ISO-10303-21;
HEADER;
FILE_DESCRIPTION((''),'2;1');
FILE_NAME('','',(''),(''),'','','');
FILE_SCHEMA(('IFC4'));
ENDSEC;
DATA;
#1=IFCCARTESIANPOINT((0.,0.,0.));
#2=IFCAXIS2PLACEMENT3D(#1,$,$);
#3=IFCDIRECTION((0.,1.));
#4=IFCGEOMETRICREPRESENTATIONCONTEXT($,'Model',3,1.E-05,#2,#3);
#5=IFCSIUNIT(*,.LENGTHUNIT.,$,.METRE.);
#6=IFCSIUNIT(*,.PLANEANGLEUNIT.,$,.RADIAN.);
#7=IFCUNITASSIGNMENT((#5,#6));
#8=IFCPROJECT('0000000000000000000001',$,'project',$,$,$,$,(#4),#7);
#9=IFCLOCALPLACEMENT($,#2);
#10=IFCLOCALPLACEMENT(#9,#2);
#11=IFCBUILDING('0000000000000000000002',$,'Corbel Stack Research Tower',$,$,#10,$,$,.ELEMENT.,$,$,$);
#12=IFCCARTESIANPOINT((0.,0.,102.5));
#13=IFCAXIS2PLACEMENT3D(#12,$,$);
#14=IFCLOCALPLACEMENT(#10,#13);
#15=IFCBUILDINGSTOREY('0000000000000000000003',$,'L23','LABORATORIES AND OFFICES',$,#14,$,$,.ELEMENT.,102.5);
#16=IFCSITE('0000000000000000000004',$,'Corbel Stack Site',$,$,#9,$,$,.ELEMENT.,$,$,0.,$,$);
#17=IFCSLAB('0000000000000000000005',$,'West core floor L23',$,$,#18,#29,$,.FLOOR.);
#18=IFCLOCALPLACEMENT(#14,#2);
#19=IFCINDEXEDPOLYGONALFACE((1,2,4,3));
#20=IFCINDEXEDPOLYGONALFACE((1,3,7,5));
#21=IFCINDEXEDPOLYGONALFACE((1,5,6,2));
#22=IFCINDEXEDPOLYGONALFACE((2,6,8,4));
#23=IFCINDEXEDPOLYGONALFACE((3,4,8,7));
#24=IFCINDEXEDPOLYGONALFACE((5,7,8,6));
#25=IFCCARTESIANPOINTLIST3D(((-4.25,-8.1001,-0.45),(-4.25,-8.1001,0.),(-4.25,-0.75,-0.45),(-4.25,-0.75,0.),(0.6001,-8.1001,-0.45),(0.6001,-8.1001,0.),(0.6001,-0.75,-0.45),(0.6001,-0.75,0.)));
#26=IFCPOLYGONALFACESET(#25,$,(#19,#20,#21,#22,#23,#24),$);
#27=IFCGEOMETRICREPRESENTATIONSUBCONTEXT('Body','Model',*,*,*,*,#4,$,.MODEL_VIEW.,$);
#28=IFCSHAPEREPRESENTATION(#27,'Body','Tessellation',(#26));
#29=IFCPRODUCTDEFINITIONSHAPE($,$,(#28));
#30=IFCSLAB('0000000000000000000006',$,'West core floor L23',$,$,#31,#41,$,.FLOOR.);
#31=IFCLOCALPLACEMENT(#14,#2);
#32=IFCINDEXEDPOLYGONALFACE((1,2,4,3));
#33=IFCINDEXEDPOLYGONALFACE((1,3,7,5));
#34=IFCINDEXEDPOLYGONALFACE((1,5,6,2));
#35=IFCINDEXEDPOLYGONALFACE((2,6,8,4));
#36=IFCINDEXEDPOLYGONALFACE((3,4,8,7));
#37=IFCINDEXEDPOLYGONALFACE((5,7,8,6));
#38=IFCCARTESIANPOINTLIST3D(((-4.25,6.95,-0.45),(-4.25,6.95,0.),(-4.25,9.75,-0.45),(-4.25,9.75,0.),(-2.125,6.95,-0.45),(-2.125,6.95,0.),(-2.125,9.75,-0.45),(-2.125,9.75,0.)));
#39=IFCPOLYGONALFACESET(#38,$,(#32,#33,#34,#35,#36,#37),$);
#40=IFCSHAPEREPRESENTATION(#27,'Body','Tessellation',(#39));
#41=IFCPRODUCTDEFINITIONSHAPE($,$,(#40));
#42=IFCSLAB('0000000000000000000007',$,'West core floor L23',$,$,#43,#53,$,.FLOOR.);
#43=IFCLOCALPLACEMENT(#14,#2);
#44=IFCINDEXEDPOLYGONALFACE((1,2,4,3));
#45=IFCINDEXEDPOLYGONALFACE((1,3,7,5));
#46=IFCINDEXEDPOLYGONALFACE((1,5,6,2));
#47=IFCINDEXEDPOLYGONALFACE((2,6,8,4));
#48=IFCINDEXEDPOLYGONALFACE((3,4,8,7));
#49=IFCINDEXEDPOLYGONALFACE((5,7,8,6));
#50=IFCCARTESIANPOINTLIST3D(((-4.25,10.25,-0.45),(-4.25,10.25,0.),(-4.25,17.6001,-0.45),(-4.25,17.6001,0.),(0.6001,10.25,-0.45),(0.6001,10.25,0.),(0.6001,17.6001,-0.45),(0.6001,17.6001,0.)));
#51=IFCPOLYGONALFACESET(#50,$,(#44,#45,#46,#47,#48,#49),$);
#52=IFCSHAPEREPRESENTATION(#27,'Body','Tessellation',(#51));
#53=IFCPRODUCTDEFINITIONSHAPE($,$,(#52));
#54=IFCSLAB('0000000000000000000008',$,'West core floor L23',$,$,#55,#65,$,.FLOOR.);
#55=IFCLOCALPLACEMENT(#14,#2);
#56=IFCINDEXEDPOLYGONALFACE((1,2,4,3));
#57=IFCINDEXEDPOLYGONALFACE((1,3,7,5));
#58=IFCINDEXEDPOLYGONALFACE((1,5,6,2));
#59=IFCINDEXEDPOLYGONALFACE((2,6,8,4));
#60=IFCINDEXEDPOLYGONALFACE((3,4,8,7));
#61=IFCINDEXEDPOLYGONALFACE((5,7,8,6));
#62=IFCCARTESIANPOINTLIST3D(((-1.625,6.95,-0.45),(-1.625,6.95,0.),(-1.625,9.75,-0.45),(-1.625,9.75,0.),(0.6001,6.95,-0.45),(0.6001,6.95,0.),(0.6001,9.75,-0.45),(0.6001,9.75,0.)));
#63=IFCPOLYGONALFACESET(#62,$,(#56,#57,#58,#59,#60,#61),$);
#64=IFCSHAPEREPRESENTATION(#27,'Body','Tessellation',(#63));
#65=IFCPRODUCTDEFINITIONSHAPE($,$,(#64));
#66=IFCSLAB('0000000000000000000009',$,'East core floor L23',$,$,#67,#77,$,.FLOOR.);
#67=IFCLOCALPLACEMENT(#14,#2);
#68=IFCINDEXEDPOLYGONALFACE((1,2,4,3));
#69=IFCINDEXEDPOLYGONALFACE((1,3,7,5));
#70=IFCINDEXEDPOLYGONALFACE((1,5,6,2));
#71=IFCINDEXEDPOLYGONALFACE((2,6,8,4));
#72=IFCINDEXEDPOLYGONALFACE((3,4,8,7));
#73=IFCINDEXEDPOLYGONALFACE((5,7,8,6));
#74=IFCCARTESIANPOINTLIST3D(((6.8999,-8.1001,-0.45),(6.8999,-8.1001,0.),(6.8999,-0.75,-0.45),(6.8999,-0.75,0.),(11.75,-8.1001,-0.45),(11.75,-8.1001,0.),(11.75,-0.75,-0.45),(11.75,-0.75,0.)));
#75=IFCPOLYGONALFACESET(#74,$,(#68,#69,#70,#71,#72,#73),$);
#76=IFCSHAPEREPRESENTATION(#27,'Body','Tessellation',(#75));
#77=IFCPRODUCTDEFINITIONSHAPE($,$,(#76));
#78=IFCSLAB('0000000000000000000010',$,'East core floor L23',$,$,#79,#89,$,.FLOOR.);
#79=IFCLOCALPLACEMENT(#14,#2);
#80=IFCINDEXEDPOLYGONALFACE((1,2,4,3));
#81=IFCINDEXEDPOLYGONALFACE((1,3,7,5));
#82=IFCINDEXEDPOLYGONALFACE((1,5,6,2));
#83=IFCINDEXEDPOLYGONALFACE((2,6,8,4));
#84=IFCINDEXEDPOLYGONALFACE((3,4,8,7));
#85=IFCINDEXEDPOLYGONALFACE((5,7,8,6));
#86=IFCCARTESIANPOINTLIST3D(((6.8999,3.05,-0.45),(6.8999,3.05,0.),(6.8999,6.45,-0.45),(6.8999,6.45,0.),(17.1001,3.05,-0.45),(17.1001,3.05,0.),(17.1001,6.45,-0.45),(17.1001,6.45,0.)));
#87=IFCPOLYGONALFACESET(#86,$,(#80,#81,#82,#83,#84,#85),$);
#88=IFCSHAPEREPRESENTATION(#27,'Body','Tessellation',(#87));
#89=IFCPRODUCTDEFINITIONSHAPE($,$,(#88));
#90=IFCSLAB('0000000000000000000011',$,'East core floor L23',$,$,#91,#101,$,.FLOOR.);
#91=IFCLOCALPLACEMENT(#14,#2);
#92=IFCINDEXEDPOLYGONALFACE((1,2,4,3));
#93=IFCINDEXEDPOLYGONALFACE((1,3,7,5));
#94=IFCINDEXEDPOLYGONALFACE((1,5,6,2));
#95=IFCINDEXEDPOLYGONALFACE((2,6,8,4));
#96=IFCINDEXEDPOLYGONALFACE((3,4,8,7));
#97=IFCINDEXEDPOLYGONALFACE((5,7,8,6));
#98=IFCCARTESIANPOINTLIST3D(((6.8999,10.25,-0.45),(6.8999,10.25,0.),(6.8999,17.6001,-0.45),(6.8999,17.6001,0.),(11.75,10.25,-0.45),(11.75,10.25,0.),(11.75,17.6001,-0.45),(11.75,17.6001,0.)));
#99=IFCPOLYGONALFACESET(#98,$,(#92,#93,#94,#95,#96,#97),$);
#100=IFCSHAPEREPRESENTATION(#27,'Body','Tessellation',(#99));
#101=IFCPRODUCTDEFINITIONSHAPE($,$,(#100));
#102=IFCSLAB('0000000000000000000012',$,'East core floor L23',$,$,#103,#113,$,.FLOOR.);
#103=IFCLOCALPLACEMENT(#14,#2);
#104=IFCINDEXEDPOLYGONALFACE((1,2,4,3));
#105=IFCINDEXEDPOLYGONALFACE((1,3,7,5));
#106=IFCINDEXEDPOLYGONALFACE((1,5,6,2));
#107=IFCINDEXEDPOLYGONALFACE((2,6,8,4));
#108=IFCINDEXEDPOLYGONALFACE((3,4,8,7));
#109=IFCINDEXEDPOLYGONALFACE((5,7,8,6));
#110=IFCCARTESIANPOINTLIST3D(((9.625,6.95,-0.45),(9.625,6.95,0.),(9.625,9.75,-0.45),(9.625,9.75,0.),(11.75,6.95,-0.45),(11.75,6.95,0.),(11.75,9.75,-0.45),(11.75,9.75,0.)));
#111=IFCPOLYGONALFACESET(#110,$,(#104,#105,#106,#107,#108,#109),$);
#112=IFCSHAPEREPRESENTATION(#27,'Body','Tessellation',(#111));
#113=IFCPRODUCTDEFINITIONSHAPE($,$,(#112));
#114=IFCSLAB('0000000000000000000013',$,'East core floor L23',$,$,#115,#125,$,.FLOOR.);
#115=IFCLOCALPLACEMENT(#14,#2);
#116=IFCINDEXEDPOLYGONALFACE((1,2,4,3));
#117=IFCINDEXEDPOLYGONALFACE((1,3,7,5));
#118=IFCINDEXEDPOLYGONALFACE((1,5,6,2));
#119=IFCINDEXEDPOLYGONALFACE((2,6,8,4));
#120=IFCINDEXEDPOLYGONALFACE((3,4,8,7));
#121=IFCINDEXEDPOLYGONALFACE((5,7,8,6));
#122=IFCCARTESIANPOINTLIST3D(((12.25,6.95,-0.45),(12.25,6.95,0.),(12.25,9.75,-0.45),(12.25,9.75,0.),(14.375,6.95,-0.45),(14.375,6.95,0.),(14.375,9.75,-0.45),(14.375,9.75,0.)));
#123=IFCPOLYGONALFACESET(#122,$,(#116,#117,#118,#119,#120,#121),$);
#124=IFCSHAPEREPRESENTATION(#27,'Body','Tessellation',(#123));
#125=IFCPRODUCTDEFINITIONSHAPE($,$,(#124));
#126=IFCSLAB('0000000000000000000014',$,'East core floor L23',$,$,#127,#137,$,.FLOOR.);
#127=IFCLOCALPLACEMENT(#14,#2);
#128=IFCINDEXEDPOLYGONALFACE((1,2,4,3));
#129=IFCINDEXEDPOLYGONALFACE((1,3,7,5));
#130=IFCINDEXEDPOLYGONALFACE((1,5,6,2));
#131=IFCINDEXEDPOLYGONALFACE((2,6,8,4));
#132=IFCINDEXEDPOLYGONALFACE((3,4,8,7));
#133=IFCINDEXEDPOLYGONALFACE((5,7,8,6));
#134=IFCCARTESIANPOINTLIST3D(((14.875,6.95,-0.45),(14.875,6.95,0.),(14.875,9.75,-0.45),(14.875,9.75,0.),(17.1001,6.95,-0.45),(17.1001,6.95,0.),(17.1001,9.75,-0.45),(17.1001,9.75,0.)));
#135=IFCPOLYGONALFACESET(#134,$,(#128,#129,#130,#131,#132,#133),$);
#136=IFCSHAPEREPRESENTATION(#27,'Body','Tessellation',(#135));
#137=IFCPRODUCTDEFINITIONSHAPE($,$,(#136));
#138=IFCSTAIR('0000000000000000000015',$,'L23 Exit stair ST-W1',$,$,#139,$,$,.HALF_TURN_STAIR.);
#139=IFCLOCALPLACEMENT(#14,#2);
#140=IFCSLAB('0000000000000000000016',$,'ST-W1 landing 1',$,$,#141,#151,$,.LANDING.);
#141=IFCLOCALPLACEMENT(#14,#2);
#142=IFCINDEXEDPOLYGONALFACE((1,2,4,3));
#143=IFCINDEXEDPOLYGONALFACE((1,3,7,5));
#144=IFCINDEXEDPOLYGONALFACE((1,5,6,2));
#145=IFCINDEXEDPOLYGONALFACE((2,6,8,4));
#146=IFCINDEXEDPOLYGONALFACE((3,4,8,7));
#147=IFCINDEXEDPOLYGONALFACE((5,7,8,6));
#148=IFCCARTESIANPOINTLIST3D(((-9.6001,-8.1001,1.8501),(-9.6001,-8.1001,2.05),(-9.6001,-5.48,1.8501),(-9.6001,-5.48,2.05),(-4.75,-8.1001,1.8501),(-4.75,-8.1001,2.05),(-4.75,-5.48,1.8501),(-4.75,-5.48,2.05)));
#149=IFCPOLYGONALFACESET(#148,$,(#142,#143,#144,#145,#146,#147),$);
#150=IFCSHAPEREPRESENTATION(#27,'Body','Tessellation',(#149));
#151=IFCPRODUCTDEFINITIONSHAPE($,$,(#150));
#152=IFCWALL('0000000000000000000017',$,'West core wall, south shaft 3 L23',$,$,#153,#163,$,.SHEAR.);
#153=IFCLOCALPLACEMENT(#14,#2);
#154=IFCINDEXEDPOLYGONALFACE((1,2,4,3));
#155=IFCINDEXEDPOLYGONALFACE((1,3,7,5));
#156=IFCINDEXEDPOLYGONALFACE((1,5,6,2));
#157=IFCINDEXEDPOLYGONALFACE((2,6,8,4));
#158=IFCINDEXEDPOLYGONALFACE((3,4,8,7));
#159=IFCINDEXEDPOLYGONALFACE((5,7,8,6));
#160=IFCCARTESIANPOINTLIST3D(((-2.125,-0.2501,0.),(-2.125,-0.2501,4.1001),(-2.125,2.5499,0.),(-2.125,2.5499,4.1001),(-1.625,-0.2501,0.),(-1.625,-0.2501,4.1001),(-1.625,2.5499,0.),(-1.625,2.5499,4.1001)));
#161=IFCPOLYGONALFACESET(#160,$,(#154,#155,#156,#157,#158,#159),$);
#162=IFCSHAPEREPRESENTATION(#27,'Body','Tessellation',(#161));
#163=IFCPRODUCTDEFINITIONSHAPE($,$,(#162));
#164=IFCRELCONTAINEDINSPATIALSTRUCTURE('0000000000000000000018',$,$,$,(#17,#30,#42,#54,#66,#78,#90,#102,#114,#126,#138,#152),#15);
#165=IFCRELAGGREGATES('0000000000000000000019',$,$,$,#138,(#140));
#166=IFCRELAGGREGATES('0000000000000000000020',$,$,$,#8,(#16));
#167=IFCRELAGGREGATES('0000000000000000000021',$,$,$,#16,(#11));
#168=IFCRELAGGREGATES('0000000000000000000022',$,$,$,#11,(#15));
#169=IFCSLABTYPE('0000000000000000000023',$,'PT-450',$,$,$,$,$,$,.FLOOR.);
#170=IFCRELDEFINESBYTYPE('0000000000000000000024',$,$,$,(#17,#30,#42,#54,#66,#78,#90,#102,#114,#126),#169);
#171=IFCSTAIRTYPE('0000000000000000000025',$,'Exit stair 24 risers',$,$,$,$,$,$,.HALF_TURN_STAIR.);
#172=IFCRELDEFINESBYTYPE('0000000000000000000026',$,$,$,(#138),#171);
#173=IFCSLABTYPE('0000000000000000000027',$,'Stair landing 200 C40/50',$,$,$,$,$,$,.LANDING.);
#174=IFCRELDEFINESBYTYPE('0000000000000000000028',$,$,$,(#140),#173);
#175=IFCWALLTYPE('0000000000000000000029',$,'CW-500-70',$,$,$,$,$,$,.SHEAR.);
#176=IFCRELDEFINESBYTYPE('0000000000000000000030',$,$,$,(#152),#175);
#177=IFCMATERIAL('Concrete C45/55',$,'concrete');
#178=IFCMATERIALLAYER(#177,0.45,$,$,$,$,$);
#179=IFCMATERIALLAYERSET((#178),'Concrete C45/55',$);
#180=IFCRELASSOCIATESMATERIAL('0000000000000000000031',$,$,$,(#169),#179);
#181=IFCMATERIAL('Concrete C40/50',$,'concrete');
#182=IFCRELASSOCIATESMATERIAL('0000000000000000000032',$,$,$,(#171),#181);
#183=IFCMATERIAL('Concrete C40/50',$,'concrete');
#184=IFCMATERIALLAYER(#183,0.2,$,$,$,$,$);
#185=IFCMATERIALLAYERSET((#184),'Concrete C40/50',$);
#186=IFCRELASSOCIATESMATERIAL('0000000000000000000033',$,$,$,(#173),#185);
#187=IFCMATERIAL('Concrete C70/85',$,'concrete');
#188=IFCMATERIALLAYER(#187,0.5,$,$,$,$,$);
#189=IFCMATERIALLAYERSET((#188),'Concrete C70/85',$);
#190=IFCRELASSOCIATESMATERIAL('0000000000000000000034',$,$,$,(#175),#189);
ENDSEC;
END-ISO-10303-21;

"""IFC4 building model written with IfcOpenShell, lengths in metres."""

from ifc_helpers import new_model, si_unit, direction, frame, frame_2d, origin, place, context, subcontext, project, spatial, polyline, rectangle, outline, extrude, material, layer, layer_set, type_object, element, aggregate, save


model = new_model("IFC4")

# Units and contexts
model_context = context("Model", 3, precision=1e-05, world=origin(), true_north=direction((0.0, 1.0)))
body_context = subcontext(model_context, "Body", "Model", "MODEL_VIEW")
ifc_project = project(units=[si_unit("LENGTHUNIT", "METRE"), si_unit("PLANEANGLEUNIT", "RADIAN")], contexts=[model_context])

# Site, building, storey
site_placement = place(None, origin())
site = spatial("IfcSite", under=ifc_project, at=site_placement, Name="Corbel Stack Site", CompositionType="ELEMENT", RefElevation=0.0)
building_placement = place(site_placement, origin())
building = spatial("IfcBuilding", under=site, at=building_placement, Name="Corbel Stack Research Tower", CompositionType="ELEMENT")
storey_placement = place(building_placement, frame((0.0, 0.0, 102.5)))
storey = spatial("IfcBuildingStorey", under=building, at=storey_placement, Name="L23", Description="LABORATORIES AND OFFICES", CompositionType="ELEMENT", Elevation=102.5)

# Slabs
ifc_material_1 = material(Name="Concrete C45/55", Category="concrete")
ifc_layer_1 = layer(ifc_material_1, 0.45)
ifc_layer_set_1 = layer_set([ifc_layer_1], Name="Concrete C45/55")
slab_type_1 = type_object("IfcSlabType", Name="PT-450", PredefinedType="FLOOR", material=ifc_layer_set_1)
slab_1_placement = place(storey_placement, frame((0.0, 0.0, -0.45)))
element("IfcSlab", 1, at=slab_1_placement, inside=storey, type_object=slab_type_1, Name="West core floor L23", PredefinedType="FLOOR", context=body_context, shape_type="SweptSolid", body=[
    extrude(outline(polyline([(0.6001, -8.1001), (0.6001, -0.75), (-4.25, -0.75), (-4.25, -8.1001), (0.6001, -8.1001)])), origin(), (0.0, 0.0, 1.0), 0.45),
])
slab_2_placement = place(storey_placement, frame((0.0, 0.0, -0.45)))
element("IfcSlab", 2, at=slab_2_placement, inside=storey, type_object=slab_type_1, Name="West core floor L23", PredefinedType="FLOOR", context=body_context, shape_type="SweptSolid", body=[
    extrude(outline(polyline([(-2.125, 6.95), (-2.125, 9.75), (-4.25, 9.75), (-4.25, 6.95), (-2.125, 6.95)])), origin(), (0.0, 0.0, 1.0), 0.45),
])
slab_3_placement = place(storey_placement, frame((0.0, 0.0, -0.45)))
element("IfcSlab", 3, at=slab_3_placement, inside=storey, type_object=slab_type_1, Name="West core floor L23", PredefinedType="FLOOR", context=body_context, shape_type="SweptSolid", body=[
    extrude(outline(polyline([(0.6001, 17.6001), (-4.25, 17.6001), (-4.25, 10.25), (0.6001, 10.25), (0.6001, 17.6001)])), origin(), (0.0, 0.0, 1.0), 0.45),
])
slab_4_placement = place(storey_placement, frame((0.0, 0.0, -0.45)))
element("IfcSlab", 4, at=slab_4_placement, inside=storey, type_object=slab_type_1, Name="West core floor L23", PredefinedType="FLOOR", context=body_context, shape_type="SweptSolid", body=[
    extrude(outline(polyline([(0.6001, 9.75), (-1.625, 9.75), (-1.625, 6.95), (0.6001, 6.95), (0.6001, 9.75)])), origin(), (0.0, 0.0, 1.0), 0.45),
])
slab_5_placement = place(storey_placement, frame((0.0, 0.0, -0.45)))
element("IfcSlab", 5, at=slab_5_placement, inside=storey, type_object=slab_type_1, Name="East core floor L23", PredefinedType="FLOOR", context=body_context, shape_type="SweptSolid", body=[
    extrude(outline(polyline([(11.75, -0.75), (6.8999, -0.75), (6.8999, -8.1001), (11.75, -8.1001), (11.75, -0.75)])), origin(), (0.0, 0.0, 1.0), 0.45),
])
slab_6_placement = place(storey_placement, frame((0.0, 0.0, -0.45)))
element("IfcSlab", 6, at=slab_6_placement, inside=storey, type_object=slab_type_1, Name="East core floor L23", PredefinedType="FLOOR", context=body_context, shape_type="SweptSolid", body=[
    extrude(outline(polyline([(6.8999, 6.45), (6.8999, 3.05), (17.1001, 3.05), (17.1001, 6.45), (6.8999, 6.45)])), origin(), (0.0, 0.0, 1.0), 0.45),
])
slab_7_placement = place(storey_placement, frame((0.0, 0.0, -0.45)))
element("IfcSlab", 7, at=slab_7_placement, inside=storey, type_object=slab_type_1, Name="East core floor L23", PredefinedType="FLOOR", context=body_context, shape_type="SweptSolid", body=[
    extrude(outline(polyline([(6.8999, 17.6001), (6.8999, 10.25), (11.75, 10.25), (11.75, 17.6001), (6.8999, 17.6001)])), origin(), (0.0, 0.0, 1.0), 0.45),
])
slab_8_placement = place(storey_placement, frame((0.0, 0.0, -0.45)))
element("IfcSlab", 8, at=slab_8_placement, inside=storey, type_object=slab_type_1, Name="East core floor L23", PredefinedType="FLOOR", context=body_context, shape_type="SweptSolid", body=[
    extrude(outline(polyline([(9.625, 6.95), (11.75, 6.95), (11.75, 9.75), (9.625, 9.75), (9.625, 6.95)])), origin(), (0.0, 0.0, 1.0), 0.45),
])
slab_9_placement = place(storey_placement, frame((0.0, 0.0, -0.45)))
element("IfcSlab", 9, at=slab_9_placement, inside=storey, type_object=slab_type_1, Name="East core floor L23", PredefinedType="FLOOR", context=body_context, shape_type="SweptSolid", body=[
    extrude(outline(polyline([(14.375, 6.95), (14.375, 9.75), (12.25, 9.75), (12.25, 6.95), (14.375, 6.95)])), origin(), (0.0, 0.0, 1.0), 0.45),
])
slab_10_placement = place(storey_placement, frame((0.0, 0.0, -0.45)))
element("IfcSlab", 10, at=slab_10_placement, inside=storey, type_object=slab_type_1, Name="East core floor L23", PredefinedType="FLOOR", context=body_context, shape_type="SweptSolid", body=[
    extrude(outline(polyline([(17.1001, 6.95), (17.1001, 9.75), (14.875, 9.75), (14.875, 6.95), (17.1001, 6.95)])), origin(), (0.0, 0.0, 1.0), 0.45),
])

# Stair, slab
ifc_material_2 = material(Name="Concrete C40/50", Category="concrete")
stair_type = type_object("IfcStairType", Name="Exit stair 24 risers", PredefinedType="HALF_TURN_STAIR", material=ifc_material_2)
stair_placement = place(storey_placement, origin())
stair = element("IfcStair", 11, at=stair_placement, inside=storey, type_object=stair_type, Name="L23 Exit stair ST-W1", PredefinedType="HALF_TURN_STAIR")
ifc_material_3 = material(Name="Concrete C40/50", Category="concrete")
ifc_layer_2 = layer(ifc_material_3, 0.2)
ifc_layer_set_2 = layer_set([ifc_layer_2], Name="Concrete C40/50")
slab_type_2 = type_object("IfcSlabType", Name="Stair landing 200 C40/50", PredefinedType="LANDING", material=ifc_layer_set_2)
slab_11_placement = place(storey_placement, frame((0.0, 0.0, 1.8501)))
slab_11 = element("IfcSlab", 12, at=slab_11_placement, type_object=slab_type_2, Name="ST-W1 landing 1", PredefinedType="LANDING", context=body_context, shape_type="SweptSolid", body=[
    extrude(outline(polyline([(-9.6001, -8.1001), (-9.6001, -5.48), (-4.75, -5.48), (-4.75, -8.1001), (-9.6001, -8.1001)])), origin(), (0.0, 0.0, 1.0), 0.2),
])
aggregate(stair, [slab_11])

# Wall
ifc_material_4 = material(Name="Concrete C70/85", Category="concrete")
ifc_layer_3 = layer(ifc_material_4, 0.5)
ifc_layer_set_3 = layer_set([ifc_layer_3], Name="Concrete C70/85")
wall_type = type_object("IfcWallType", Name="CW-500-70", PredefinedType="SHEAR", material=ifc_layer_set_3)
wall_placement = place(storey_placement, frame((-1.875, -0.25, 0.0), z_axis=(0.0, 0.0, 1.0), x_axis=(0.0, 1.0, 0.0)))
element("IfcWall", 13, at=wall_placement, inside=storey, type_object=wall_type, Name="West core wall, south shaft 3 L23", PredefinedType="SHEAR", context=body_context, shape_type="SweptSolid", body=[
    extrude(rectangle(XDim=2.8, YDim=0.5, at=frame_2d((1.3999, 0.0))), origin(), (0.0, 0.0, 1.0), 4.1001),
])

save(model, "model.ifc")
